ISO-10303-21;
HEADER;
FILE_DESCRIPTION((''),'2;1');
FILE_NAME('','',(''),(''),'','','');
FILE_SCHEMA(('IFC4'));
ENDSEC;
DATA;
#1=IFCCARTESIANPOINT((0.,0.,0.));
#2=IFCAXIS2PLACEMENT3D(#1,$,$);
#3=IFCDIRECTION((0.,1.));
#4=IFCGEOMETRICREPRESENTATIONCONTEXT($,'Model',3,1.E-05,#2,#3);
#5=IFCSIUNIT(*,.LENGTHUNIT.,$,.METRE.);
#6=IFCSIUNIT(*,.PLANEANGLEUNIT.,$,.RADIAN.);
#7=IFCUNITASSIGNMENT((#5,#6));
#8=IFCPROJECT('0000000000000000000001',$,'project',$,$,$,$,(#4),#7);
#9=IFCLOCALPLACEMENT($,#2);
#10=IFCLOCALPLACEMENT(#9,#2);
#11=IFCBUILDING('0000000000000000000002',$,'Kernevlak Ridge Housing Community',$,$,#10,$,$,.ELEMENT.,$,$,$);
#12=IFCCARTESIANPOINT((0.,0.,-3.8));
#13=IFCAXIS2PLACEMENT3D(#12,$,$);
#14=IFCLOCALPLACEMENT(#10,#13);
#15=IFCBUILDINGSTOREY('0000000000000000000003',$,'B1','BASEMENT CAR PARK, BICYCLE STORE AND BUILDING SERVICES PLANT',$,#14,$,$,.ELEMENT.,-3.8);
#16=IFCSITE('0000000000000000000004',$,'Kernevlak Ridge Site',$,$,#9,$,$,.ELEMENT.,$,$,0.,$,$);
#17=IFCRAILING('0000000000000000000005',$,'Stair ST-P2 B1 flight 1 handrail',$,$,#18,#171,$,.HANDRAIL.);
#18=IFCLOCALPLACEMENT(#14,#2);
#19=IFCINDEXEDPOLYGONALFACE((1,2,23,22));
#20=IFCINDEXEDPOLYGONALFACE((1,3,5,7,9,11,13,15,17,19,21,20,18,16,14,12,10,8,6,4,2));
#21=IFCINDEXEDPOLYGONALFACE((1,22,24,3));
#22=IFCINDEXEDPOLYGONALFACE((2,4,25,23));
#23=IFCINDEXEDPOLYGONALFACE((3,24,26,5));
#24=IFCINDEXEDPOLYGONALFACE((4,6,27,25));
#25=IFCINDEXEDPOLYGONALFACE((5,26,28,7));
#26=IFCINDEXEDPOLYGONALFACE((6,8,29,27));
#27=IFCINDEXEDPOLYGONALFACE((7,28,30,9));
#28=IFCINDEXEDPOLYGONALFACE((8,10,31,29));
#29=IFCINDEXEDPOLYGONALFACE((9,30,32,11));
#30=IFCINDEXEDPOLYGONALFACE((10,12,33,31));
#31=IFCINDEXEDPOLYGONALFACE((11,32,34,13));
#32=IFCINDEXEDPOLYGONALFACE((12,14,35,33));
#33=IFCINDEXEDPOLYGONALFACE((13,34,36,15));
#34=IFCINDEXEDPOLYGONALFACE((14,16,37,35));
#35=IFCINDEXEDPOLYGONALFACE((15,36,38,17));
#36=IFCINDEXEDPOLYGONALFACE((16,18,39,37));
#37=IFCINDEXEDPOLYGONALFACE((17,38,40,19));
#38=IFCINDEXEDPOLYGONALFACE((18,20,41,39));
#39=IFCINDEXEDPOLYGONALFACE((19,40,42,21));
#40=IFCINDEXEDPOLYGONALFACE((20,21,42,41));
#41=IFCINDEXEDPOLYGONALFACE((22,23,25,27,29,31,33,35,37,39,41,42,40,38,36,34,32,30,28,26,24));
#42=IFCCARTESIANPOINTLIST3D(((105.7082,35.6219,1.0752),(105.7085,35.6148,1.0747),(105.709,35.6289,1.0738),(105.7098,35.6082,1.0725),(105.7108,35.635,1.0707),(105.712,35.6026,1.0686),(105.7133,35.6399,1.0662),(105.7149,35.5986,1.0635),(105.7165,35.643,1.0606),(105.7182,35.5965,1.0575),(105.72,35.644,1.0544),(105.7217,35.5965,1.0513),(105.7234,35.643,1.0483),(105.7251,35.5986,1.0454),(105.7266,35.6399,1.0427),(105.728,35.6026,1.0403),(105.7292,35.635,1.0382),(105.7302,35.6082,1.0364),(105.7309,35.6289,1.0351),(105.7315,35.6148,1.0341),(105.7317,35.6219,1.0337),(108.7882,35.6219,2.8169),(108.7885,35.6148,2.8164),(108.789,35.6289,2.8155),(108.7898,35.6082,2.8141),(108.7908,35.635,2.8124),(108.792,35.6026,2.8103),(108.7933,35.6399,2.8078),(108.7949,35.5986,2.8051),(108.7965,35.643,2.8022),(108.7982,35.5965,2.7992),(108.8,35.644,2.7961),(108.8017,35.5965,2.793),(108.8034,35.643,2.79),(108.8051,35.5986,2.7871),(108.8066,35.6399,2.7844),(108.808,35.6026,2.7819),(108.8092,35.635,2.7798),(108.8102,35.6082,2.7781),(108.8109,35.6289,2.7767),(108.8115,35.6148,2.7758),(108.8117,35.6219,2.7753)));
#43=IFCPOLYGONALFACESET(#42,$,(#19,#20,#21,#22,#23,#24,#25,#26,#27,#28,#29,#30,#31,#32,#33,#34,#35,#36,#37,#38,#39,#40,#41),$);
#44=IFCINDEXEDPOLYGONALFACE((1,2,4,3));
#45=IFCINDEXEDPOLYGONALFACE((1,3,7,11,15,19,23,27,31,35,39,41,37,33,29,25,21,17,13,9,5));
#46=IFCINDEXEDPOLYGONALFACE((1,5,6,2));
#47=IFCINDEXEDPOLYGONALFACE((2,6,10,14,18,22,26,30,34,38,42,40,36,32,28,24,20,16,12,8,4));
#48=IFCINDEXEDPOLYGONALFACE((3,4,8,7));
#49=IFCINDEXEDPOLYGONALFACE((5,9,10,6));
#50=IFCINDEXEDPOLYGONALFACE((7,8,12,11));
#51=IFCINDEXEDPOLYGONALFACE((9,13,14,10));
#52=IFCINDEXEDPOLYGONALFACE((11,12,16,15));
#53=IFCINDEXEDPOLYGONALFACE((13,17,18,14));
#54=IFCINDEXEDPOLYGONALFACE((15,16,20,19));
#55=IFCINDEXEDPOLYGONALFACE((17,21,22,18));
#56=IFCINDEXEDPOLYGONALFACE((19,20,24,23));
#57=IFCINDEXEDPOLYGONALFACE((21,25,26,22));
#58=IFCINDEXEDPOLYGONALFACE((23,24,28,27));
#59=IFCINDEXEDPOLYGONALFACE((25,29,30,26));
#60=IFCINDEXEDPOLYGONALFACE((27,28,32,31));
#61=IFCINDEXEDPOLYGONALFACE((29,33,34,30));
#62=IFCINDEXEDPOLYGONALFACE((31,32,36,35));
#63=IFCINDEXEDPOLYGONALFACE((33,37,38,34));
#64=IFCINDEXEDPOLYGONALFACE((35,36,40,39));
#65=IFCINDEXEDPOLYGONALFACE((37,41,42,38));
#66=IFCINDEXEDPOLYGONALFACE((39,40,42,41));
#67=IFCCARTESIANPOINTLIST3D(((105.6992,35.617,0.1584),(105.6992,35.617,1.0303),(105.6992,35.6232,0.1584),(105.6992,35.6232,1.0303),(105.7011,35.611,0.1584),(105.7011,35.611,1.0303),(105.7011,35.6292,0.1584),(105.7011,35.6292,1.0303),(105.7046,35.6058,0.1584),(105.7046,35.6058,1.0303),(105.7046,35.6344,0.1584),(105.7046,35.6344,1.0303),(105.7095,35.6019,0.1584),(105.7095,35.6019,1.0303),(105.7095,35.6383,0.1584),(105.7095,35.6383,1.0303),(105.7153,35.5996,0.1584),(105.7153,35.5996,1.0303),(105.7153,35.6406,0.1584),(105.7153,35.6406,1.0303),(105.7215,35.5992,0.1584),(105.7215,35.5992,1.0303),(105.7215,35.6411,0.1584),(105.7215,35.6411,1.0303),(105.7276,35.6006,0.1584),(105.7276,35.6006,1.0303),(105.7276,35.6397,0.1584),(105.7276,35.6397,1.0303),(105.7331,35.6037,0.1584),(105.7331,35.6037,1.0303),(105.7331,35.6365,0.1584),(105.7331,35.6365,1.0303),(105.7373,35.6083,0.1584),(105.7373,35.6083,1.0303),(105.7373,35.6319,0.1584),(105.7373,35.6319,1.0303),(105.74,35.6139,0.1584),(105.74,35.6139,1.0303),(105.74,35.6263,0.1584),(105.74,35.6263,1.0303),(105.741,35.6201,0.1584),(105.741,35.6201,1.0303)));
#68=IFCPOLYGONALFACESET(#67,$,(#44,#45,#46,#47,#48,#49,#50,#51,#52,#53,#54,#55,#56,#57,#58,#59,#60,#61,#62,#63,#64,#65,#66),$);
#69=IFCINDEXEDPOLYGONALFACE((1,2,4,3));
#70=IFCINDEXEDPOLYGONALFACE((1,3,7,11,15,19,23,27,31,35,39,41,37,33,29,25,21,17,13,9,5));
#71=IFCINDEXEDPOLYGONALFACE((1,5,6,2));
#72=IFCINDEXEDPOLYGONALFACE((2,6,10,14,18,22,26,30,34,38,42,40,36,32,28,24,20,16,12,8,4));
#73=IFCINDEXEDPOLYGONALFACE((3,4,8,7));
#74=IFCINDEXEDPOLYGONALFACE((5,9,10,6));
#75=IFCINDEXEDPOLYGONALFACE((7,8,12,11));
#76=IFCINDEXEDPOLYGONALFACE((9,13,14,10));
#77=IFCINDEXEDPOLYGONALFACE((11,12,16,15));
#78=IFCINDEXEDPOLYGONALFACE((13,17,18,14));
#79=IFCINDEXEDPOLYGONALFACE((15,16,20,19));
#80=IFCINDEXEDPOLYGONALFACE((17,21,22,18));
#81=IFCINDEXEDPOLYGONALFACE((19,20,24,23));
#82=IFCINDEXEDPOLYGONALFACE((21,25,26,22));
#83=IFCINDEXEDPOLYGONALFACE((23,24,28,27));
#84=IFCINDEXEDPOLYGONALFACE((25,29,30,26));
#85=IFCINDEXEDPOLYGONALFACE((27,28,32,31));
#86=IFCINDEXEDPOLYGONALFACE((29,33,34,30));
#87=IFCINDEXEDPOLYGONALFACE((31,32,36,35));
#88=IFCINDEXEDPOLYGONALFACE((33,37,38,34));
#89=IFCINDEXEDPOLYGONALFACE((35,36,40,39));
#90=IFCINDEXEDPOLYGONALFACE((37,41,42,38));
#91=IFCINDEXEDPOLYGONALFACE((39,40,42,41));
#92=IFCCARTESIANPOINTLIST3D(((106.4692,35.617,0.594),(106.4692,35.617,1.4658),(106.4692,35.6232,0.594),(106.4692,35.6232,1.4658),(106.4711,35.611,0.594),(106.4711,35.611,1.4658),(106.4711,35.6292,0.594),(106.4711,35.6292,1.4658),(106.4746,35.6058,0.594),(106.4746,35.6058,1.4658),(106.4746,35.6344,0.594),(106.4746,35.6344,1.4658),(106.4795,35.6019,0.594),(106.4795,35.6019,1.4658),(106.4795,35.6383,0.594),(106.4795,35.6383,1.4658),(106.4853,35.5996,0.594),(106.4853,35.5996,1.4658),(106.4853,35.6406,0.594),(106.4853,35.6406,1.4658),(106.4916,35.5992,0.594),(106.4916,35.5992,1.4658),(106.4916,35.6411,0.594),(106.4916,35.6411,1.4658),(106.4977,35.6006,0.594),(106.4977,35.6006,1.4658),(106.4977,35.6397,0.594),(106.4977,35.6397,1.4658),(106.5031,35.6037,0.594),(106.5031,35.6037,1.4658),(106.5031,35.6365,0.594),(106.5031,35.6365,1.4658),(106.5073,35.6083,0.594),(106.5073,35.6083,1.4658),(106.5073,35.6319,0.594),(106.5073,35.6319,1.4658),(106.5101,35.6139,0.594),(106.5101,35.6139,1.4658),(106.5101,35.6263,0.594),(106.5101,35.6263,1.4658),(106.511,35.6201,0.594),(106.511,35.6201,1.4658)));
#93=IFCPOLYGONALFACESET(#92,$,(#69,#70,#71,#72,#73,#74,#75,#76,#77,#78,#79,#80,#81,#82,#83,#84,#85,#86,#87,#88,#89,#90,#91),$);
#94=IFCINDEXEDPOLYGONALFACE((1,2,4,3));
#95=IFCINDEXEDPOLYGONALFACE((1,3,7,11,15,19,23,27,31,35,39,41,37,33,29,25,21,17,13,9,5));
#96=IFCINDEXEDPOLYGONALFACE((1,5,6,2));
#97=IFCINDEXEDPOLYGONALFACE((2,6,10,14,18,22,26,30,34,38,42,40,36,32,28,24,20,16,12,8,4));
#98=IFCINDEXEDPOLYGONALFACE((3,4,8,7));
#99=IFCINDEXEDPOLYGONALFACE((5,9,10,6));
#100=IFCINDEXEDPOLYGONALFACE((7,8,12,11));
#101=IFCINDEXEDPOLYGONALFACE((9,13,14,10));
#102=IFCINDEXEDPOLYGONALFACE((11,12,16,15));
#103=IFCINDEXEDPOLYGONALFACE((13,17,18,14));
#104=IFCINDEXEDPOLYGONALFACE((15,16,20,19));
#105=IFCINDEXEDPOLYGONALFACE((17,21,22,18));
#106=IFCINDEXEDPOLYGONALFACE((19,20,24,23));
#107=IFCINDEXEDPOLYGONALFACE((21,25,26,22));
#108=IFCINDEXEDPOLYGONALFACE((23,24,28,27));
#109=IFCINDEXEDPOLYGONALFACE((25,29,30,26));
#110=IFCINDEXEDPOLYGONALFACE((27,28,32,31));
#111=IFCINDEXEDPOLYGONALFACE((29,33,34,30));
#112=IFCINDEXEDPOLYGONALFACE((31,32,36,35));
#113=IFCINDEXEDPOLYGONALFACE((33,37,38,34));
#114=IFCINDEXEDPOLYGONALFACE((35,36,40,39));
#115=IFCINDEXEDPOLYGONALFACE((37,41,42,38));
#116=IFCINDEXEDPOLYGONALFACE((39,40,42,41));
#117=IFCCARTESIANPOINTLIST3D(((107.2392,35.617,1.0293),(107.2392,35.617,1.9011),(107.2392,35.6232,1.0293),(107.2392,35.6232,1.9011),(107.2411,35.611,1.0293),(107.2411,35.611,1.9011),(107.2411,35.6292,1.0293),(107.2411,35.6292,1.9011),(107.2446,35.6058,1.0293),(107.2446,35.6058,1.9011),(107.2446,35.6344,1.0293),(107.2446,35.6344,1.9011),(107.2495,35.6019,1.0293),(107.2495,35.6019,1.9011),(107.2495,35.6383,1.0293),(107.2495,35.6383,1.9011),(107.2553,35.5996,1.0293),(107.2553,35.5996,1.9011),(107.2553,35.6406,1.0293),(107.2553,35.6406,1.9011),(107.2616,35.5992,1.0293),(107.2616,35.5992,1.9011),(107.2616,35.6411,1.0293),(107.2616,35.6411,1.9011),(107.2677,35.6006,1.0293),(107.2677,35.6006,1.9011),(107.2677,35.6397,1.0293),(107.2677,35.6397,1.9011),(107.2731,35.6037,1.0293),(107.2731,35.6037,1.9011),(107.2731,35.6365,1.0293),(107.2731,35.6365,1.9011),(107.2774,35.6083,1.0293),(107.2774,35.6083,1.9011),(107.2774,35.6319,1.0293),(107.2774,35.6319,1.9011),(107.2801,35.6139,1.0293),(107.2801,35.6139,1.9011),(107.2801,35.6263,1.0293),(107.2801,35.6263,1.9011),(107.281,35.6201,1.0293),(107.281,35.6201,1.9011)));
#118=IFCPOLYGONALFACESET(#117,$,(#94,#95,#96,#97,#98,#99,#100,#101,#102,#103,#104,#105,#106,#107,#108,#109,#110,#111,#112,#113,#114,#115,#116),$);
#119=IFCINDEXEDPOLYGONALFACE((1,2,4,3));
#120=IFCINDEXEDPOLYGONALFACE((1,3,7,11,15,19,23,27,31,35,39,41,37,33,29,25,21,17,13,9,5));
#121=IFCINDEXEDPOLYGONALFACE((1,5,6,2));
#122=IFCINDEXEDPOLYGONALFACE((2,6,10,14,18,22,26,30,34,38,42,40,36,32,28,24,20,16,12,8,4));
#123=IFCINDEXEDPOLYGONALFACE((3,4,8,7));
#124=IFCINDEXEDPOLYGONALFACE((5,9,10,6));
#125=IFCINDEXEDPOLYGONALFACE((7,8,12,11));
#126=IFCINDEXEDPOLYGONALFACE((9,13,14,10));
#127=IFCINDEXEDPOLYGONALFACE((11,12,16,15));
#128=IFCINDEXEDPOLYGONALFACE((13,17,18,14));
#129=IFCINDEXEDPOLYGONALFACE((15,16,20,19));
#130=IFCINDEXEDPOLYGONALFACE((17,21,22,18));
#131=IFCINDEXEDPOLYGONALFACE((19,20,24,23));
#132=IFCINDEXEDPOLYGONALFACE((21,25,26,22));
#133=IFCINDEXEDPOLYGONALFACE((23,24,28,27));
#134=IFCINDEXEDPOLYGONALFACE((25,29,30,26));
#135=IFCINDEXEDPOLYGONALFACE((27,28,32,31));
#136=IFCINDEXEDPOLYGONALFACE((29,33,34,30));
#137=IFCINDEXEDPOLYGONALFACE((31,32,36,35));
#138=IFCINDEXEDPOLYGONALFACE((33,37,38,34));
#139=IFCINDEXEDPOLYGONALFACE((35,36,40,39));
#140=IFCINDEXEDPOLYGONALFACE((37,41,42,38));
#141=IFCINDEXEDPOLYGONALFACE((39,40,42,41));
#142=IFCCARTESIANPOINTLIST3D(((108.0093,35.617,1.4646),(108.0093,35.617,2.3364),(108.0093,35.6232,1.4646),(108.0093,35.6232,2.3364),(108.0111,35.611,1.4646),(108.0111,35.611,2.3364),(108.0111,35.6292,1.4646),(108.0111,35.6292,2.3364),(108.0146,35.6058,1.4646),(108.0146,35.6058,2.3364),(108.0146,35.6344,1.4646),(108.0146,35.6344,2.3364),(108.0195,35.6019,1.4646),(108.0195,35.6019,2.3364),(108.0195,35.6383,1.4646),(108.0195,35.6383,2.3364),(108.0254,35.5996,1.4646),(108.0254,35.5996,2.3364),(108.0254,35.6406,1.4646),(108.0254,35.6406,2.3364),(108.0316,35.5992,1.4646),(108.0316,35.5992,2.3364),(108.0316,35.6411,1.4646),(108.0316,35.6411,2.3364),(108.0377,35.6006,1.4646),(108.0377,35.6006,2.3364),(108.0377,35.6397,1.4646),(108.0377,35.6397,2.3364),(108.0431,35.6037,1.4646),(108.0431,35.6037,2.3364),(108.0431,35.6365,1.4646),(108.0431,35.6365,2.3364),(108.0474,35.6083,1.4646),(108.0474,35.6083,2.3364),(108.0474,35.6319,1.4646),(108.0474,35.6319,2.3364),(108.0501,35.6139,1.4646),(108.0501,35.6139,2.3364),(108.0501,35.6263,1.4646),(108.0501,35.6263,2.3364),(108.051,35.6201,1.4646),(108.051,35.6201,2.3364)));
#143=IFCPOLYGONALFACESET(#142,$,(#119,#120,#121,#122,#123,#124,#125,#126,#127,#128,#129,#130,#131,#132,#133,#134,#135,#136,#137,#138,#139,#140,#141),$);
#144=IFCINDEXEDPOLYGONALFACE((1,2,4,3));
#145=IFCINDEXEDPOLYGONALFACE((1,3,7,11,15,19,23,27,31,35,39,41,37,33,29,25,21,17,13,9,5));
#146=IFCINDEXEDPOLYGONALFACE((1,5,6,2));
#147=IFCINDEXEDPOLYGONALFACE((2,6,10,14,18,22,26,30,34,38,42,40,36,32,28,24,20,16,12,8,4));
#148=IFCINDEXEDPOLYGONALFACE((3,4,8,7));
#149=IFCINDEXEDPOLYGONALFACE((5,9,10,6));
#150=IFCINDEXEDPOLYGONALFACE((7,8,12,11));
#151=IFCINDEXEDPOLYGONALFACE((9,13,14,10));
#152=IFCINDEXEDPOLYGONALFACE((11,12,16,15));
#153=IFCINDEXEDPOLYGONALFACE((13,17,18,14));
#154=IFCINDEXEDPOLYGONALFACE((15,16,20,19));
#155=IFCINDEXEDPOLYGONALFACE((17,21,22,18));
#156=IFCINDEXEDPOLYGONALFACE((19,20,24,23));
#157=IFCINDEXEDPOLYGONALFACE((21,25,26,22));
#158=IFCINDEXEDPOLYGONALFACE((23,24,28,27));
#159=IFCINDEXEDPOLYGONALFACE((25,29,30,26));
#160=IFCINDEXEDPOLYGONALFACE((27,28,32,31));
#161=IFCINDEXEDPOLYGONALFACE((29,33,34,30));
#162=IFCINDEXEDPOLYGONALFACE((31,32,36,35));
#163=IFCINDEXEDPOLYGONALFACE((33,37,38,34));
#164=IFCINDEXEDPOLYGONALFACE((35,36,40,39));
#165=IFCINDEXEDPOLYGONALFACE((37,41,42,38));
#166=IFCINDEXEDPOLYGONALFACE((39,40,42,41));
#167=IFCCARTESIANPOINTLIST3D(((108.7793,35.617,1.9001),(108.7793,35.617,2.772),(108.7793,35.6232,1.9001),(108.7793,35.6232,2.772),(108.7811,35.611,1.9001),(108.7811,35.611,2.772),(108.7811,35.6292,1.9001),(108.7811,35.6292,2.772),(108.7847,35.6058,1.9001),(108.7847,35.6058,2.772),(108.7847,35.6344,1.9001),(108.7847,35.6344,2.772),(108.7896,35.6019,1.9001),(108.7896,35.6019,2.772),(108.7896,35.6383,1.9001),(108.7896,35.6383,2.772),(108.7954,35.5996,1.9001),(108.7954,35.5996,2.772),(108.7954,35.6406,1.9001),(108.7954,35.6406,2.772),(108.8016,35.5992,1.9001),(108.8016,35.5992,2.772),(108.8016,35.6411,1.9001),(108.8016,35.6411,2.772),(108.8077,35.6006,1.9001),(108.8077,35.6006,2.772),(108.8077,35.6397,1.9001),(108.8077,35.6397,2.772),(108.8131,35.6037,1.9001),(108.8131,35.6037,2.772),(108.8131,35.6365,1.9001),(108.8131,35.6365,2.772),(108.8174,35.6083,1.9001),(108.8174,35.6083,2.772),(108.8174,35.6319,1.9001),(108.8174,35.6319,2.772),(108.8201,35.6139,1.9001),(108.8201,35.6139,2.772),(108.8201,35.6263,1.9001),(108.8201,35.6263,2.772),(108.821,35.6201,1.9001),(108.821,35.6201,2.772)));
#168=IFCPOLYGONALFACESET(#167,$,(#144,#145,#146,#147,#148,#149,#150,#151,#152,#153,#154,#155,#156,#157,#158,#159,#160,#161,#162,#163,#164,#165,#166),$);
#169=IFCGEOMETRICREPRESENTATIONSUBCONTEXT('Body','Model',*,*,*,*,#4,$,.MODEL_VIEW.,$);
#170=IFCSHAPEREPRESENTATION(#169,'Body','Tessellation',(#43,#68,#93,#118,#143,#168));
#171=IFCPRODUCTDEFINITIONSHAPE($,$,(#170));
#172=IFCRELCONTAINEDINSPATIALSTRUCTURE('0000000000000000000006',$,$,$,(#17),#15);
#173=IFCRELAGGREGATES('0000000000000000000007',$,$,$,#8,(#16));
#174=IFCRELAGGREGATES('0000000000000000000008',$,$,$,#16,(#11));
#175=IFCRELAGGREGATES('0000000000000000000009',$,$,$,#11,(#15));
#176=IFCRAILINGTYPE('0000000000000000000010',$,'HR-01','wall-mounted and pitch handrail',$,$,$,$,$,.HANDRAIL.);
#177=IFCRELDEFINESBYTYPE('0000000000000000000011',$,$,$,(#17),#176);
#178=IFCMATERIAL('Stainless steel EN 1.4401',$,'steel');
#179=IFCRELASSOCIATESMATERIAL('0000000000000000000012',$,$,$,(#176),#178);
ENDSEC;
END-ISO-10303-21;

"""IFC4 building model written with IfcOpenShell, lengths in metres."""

from ifc_helpers import new_model, si_unit, direction, frame, origin, origin_2d, place, context, subcontext, project, spatial, circle, extrude, material, type_object, element, save


model = new_model("IFC4")

# Units and contexts
model_context = context("Model", 3, precision=1e-05, world=origin(), true_north=direction((0.0, 1.0)))
body_context = subcontext(model_context, "Body", "Model", "MODEL_VIEW")
ifc_project = project(units=[si_unit("LENGTHUNIT", "METRE"), si_unit("PLANEANGLEUNIT", "RADIAN")], contexts=[model_context])

# Site, building, storey
site_placement = place(None, origin())
site = spatial("IfcSite", under=ifc_project, at=site_placement, Name="Kernevlak Ridge Site", CompositionType="ELEMENT", RefElevation=0.0)
building_placement = place(site_placement, origin())
building = spatial("IfcBuilding", under=site, at=building_placement, Name="Kernevlak Ridge Housing Community", CompositionType="ELEMENT")
storey_placement = place(building_placement, frame((0.0, 0.0, -3.8)))
storey = spatial("IfcBuildingStorey", under=building, at=storey_placement, Name="B1", Description="BASEMENT CAR PARK, BICYCLE STORE AND BUILDING SERVICES PLANT", CompositionType="ELEMENT", Elevation=-3.8)

# Railing
ifc_material_1 = material(Name="Stainless steel EN 1.4401", Category="steel")
railing_type_1 = type_object("IfcRailingType", Name="HR-01", Description="wall-mounted and pitch handrail", PredefinedType="HANDRAIL", material=ifc_material_1)
railing_1_placement = place(storey_placement, frame((105.72, 35.6201, 0.1584)))
element("IfcRailing", 1, at=railing_1_placement, inside=storey, type_object=railing_type_1, Name="Stair ST-P2 B1 flight 1 handrail", PredefinedType="HANDRAIL", context=body_context, shape_type="SweptSolid", body=[
    extrude(circle(Radius=0.0239, at=origin_2d()), frame((0.0, 0.0, 0.896), z_axis=(0.870468, 0.0, 0.492225), x_axis=(0.0, 1.0, 0.0)), (0.0, 0.0, 1.0), 3.5383),
    extrude(circle(Radius=0.021, at=origin_2d()), origin(), (0.0, 0.0, 1.0), 0.8718),
    extrude(circle(Radius=0.021, at=origin_2d()), frame((0.77, 0.0, 0.4355)), (0.0, 0.0, 1.0), 0.8718),
    extrude(circle(Radius=0.021, at=origin_2d()), frame((1.54, 0.0, 0.8708)), (0.0, 0.0, 1.0), 0.8718),
    extrude(circle(Radius=0.021, at=origin_2d()), frame((2.3101, 0.0, 1.3062)), (0.0, 0.0, 1.0), 0.8718),
    extrude(circle(Radius=0.021, at=origin_2d()), frame((3.0801, 0.0, 1.7417)), (0.0, 0.0, 1.0), 0.8718),
])

save(model, "model.ifc")
